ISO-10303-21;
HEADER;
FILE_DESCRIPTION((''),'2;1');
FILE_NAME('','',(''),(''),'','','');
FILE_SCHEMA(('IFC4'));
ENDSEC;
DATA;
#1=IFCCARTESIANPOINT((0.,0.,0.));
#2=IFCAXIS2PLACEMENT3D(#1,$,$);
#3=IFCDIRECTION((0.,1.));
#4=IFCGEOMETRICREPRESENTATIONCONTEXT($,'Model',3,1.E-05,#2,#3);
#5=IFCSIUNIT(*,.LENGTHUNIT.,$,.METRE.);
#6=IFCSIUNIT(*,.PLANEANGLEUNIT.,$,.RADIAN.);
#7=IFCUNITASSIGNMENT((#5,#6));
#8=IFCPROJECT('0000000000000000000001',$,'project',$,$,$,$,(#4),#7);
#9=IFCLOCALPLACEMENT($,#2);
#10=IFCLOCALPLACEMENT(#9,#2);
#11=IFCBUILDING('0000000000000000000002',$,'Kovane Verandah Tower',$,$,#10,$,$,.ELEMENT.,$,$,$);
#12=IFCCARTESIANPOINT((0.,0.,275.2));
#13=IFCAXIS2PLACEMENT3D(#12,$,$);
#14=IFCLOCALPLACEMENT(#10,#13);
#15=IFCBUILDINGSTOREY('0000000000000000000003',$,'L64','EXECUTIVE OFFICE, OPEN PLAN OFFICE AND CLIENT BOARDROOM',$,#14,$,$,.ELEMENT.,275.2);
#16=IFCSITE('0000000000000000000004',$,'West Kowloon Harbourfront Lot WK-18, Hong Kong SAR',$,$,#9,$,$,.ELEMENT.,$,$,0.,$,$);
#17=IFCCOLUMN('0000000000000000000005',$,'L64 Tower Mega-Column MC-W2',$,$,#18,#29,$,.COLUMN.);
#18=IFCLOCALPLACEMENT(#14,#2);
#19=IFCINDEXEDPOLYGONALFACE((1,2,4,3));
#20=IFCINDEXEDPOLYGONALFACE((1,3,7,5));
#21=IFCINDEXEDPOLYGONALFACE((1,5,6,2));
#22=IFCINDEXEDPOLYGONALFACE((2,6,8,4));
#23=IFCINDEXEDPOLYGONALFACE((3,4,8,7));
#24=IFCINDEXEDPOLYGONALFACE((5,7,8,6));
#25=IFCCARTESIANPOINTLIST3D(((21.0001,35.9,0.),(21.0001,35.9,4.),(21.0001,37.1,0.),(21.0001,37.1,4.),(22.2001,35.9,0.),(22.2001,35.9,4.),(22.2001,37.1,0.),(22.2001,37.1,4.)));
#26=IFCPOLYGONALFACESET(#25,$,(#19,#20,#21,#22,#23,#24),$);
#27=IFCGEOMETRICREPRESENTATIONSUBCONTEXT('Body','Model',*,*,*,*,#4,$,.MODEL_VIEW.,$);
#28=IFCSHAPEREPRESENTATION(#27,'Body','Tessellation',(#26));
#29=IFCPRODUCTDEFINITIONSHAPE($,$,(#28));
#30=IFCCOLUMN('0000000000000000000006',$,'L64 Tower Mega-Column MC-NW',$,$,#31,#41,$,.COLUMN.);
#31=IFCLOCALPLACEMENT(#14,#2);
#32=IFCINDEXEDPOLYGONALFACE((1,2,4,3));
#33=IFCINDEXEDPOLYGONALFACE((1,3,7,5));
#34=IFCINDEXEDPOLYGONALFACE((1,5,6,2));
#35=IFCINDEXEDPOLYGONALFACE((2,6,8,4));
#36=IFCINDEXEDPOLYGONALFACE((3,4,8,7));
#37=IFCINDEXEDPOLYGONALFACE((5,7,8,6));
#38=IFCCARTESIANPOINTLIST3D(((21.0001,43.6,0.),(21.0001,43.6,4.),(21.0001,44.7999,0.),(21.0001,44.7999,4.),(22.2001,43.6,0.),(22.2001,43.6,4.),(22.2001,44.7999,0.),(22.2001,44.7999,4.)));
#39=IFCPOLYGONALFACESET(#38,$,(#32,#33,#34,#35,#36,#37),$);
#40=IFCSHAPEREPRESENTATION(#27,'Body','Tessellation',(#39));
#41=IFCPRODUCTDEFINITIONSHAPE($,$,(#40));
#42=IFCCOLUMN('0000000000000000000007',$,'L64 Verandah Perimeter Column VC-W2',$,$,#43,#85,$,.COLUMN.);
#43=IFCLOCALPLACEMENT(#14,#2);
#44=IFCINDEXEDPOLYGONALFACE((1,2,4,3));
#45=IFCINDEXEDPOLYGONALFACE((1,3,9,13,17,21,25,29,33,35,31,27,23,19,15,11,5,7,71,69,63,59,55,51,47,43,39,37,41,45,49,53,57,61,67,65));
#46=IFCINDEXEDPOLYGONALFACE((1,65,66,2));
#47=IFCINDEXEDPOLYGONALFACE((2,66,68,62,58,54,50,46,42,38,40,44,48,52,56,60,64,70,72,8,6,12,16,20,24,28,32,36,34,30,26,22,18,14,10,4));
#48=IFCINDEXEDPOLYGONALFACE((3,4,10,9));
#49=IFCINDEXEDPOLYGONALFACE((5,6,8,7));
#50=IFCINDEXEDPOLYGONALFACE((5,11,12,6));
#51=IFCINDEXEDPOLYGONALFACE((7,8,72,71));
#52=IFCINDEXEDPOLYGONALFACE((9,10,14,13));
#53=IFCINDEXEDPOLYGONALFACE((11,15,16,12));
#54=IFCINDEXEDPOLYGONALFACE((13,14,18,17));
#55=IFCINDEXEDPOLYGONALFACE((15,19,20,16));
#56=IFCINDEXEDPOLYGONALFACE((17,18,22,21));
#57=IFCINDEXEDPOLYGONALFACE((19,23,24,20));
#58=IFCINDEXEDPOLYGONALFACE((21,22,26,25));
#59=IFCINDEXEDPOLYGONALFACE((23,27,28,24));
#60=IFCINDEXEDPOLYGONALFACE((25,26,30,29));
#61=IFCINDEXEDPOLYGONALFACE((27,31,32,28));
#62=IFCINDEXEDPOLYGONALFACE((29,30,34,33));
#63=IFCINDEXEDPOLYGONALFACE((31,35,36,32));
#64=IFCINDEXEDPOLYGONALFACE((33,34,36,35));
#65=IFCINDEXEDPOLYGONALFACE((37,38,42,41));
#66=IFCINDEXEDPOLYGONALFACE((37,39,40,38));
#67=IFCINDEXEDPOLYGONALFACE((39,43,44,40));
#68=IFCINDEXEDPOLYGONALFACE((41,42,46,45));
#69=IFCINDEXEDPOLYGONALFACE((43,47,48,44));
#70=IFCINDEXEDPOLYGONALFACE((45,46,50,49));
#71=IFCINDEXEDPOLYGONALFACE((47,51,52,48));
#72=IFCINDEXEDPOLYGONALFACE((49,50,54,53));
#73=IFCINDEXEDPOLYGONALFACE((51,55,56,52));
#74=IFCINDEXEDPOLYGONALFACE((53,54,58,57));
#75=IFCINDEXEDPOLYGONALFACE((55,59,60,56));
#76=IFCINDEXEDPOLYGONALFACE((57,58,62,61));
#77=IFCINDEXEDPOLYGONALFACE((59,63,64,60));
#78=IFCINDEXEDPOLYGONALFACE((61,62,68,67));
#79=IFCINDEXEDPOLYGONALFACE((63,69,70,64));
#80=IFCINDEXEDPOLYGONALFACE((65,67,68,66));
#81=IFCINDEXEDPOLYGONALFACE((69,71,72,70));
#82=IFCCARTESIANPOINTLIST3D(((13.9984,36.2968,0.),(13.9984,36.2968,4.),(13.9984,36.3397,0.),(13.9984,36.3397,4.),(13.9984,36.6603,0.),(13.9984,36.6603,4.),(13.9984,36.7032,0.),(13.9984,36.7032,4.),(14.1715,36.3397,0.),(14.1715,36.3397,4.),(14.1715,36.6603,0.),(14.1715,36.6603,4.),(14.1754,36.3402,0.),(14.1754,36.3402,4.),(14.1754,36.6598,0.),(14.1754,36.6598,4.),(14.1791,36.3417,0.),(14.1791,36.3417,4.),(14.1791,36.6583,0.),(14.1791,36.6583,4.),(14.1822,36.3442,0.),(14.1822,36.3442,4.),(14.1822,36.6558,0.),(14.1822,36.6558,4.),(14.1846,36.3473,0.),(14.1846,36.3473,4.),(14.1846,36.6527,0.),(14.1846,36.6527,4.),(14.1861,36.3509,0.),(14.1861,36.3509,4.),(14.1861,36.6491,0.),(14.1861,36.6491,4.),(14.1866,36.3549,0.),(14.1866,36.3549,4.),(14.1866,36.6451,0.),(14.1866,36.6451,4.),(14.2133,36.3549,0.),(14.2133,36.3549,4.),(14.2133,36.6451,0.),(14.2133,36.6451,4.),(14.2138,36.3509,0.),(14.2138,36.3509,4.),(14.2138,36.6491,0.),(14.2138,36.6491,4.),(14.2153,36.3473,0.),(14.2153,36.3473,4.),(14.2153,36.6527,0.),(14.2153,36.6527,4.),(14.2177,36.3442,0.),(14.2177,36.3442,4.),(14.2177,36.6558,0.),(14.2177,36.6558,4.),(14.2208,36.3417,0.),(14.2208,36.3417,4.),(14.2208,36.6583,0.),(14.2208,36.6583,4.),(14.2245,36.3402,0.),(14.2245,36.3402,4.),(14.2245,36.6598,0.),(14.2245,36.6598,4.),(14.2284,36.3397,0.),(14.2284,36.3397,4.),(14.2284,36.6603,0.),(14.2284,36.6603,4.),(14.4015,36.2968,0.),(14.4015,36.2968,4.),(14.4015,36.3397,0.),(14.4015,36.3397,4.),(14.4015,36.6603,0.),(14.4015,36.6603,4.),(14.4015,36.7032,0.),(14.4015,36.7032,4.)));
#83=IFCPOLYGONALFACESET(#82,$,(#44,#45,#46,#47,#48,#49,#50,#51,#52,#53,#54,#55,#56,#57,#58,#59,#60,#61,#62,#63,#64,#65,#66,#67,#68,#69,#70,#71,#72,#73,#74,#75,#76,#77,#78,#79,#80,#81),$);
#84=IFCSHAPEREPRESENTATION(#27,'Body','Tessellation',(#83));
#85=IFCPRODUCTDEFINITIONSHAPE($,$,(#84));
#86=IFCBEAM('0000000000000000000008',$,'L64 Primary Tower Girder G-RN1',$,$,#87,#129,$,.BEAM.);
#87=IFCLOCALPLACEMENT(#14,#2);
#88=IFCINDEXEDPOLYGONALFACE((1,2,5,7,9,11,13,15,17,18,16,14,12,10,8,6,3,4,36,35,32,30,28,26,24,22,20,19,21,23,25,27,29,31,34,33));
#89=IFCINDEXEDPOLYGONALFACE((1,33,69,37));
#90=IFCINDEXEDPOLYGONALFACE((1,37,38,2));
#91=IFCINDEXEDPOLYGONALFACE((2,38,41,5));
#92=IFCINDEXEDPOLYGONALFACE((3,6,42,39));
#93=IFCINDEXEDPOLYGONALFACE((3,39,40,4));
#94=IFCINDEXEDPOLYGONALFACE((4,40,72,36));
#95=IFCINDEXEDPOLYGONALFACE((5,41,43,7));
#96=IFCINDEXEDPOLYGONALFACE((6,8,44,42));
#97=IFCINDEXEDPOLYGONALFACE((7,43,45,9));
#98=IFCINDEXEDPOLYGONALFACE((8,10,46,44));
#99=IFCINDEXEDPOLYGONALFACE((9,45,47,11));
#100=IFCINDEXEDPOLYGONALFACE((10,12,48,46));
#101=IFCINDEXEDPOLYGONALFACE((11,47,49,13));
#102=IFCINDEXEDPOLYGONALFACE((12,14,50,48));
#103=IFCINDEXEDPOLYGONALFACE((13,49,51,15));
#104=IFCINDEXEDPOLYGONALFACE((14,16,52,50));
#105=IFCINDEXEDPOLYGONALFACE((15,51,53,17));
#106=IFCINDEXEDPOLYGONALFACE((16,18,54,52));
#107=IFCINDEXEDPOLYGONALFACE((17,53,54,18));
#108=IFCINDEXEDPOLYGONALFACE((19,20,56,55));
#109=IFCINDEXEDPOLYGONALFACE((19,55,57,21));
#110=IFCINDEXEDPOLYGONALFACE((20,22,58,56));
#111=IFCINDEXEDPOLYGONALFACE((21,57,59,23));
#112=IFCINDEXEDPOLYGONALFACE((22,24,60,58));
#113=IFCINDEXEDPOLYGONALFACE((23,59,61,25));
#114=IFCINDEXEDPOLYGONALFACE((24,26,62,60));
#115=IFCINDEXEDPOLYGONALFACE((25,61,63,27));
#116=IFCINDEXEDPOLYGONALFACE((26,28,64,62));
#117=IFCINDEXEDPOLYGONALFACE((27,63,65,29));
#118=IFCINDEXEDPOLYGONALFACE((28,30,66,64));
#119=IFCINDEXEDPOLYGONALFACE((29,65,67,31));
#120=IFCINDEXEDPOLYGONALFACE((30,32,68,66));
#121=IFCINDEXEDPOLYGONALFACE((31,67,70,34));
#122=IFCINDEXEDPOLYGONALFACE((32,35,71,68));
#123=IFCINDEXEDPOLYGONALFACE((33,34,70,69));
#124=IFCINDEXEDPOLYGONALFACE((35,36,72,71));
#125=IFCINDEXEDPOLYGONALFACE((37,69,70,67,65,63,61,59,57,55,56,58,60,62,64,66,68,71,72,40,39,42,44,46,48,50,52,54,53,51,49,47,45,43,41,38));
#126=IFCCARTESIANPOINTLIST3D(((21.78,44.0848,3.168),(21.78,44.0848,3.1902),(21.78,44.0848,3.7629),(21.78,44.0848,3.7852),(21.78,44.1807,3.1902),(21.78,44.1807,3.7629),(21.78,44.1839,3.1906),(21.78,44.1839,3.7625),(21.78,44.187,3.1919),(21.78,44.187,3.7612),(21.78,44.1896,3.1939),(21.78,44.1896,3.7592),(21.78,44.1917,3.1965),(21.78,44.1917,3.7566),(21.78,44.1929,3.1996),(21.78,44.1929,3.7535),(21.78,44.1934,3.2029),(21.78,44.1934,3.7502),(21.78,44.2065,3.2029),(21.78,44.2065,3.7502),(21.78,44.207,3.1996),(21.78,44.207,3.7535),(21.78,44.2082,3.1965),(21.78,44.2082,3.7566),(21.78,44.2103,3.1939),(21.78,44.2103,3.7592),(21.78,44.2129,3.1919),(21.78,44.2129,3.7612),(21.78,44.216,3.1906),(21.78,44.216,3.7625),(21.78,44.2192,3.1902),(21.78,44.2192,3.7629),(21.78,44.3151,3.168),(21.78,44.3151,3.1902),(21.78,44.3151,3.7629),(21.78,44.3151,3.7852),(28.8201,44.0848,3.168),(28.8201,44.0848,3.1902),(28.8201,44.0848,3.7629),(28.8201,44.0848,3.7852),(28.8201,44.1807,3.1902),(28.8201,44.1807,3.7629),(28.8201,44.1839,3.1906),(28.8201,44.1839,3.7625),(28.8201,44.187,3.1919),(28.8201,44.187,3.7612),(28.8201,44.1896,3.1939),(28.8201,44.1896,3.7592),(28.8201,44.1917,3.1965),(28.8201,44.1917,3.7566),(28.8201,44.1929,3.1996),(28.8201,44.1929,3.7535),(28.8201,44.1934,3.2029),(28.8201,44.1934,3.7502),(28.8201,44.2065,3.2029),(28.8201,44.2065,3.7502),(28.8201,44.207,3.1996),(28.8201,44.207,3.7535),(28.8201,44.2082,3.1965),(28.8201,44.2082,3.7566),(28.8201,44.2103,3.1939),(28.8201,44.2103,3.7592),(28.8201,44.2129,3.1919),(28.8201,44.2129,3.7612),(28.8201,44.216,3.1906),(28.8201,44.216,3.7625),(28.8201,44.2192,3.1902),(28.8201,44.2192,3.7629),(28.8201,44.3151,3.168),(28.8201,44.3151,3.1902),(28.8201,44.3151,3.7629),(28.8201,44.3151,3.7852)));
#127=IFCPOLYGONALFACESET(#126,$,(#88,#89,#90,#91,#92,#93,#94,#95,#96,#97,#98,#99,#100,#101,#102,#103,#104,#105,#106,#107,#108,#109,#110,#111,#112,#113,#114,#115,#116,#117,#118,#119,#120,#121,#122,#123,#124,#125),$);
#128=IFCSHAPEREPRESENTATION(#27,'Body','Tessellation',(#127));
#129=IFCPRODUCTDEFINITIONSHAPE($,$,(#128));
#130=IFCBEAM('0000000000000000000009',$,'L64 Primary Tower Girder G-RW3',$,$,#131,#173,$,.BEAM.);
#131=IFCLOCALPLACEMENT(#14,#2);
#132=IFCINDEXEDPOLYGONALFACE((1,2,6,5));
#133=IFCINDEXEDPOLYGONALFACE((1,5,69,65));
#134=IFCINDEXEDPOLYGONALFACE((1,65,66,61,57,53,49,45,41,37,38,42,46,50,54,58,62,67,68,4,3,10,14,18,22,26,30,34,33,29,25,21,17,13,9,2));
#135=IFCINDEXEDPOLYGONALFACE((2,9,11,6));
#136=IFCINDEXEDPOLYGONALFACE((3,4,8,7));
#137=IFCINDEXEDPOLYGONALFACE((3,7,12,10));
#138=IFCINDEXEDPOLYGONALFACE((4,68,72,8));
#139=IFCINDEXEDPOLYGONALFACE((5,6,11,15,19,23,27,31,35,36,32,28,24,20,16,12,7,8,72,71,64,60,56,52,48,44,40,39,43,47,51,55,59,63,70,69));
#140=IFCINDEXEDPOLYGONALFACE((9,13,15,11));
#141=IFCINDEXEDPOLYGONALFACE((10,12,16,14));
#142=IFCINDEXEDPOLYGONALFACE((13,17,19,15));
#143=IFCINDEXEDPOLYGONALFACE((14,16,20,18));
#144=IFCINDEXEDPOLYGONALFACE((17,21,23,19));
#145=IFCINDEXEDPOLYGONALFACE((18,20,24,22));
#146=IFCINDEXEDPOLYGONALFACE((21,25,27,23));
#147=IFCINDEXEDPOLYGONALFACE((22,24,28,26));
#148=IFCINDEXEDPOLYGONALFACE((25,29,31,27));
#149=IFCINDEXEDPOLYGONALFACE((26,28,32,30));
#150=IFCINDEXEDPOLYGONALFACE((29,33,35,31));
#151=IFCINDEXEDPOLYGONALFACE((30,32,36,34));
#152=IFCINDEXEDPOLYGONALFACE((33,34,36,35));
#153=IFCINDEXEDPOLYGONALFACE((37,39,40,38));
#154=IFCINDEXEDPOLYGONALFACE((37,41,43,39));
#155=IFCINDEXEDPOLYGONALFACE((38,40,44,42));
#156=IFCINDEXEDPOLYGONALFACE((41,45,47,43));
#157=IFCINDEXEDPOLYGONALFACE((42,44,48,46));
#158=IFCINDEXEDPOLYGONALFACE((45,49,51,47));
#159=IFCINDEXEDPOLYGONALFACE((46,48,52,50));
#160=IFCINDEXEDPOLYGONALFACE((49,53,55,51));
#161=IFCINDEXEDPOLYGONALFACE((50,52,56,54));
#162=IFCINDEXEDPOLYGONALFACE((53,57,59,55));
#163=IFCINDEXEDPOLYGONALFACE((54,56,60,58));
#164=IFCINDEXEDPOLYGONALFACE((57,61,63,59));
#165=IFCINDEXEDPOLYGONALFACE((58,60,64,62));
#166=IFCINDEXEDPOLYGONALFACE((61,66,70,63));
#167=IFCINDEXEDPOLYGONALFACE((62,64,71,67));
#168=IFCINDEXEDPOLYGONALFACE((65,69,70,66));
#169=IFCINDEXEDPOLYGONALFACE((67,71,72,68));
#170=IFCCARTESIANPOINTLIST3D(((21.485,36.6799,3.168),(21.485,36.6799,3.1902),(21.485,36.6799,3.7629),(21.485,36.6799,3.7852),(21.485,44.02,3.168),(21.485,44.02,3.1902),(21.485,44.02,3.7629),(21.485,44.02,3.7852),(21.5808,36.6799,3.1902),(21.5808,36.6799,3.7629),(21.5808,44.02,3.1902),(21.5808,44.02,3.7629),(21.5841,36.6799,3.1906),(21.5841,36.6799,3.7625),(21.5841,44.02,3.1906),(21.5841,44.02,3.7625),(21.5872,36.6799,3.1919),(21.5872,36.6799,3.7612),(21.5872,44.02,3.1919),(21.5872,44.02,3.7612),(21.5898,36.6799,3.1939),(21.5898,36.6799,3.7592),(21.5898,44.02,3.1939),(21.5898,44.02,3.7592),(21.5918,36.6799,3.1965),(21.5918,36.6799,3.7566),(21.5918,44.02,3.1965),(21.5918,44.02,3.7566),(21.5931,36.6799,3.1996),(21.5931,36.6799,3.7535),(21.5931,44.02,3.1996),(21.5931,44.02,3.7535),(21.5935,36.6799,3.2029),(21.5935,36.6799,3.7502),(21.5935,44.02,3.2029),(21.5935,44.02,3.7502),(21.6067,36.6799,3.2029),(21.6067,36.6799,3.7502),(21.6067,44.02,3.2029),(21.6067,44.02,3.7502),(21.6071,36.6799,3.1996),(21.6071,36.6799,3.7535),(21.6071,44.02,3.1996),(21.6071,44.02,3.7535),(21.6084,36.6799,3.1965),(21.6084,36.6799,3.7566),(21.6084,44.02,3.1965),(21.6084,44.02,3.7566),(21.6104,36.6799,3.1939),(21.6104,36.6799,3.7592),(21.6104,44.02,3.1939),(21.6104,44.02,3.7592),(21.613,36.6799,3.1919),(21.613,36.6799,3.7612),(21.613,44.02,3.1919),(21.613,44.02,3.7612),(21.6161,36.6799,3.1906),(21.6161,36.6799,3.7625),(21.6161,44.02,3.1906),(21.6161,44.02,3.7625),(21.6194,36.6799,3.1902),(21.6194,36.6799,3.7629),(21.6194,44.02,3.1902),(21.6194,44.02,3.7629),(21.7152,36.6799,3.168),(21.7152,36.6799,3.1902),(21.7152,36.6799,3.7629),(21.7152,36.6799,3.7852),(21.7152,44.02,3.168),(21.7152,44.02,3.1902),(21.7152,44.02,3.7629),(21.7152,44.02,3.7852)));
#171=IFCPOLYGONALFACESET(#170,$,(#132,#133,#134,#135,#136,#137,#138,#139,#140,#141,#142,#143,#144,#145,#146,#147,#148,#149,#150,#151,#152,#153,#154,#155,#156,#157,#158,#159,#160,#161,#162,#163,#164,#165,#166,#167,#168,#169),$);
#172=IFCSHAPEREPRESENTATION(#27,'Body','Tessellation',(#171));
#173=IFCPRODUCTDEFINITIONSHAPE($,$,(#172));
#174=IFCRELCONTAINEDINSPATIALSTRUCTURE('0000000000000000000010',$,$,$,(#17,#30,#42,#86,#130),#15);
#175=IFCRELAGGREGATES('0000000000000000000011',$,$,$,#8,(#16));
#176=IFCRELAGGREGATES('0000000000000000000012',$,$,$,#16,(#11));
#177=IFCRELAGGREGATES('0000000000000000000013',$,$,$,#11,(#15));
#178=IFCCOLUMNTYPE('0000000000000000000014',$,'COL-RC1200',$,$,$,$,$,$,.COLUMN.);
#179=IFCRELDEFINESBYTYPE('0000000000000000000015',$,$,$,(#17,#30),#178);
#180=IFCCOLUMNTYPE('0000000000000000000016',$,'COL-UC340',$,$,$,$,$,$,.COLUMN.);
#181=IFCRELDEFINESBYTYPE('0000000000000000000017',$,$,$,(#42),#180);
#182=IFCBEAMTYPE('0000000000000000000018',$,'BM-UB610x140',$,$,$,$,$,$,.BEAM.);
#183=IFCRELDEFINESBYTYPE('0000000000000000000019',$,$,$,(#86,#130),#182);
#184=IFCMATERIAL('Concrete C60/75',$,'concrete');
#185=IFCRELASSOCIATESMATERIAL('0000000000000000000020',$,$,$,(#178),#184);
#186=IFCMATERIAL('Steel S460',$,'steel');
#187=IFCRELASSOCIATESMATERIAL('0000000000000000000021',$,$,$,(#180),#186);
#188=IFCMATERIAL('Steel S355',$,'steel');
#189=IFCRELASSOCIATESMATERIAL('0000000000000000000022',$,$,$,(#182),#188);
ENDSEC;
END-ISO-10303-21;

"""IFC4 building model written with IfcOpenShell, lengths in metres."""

from ifc_helpers import new_model, si_unit, direction, frame, origin, origin_2d, place, context, subcontext, project, spatial, rectangle, i_section, extrude, material, material_profile, profile_set, type_object, element, save


model = new_model("IFC4")

# Units and contexts
model_context = context("Model", 3, precision=1e-05, world=origin(), true_north=direction((0.0, 1.0)))
body_context = subcontext(model_context, "Body", "Model", "MODEL_VIEW")
ifc_project = project(units=[si_unit("LENGTHUNIT", "METRE"), si_unit("PLANEANGLEUNIT", "RADIAN")], contexts=[model_context])

# Site, building, storey
site_placement = place(None, origin())
site = spatial("IfcSite", under=ifc_project, at=site_placement, Name="West Kowloon Harbourfront Lot WK-18, Hong Kong SAR", CompositionType="ELEMENT", RefElevation=0.0)
building_placement = place(site_placement, origin())
building = spatial("IfcBuilding", under=site, at=building_placement, Name="Kovane Verandah Tower", CompositionType="ELEMENT")
storey_placement = place(building_placement, frame((0.0, 0.0, 275.2)))
storey = spatial("IfcBuildingStorey", under=building, at=storey_placement, Name="L64", Description="EXECUTIVE OFFICE, OPEN PLAN OFFICE AND CLIENT BOARDROOM", CompositionType="ELEMENT", Elevation=275.2)

# Columns
ifc_material_1 = material(Name="Concrete C60/75", Category="concrete")
ifc_material_profile_1 = material_profile(ifc_material_1, rectangle(XDim=1.2, YDim=1.2, at=origin_2d()), Name="RC1200x1200")
ifc_profile_set_1 = profile_set([ifc_material_profile_1], Name="Concrete C60/75")
column_type_1 = type_object("IfcColumnType", Name="COL-RC1200", PredefinedType="COLUMN", material=ifc_profile_set_1)
for number, where, z_axis, x_axis, name in (
    (1, (21.6001, 36.5, 0.0), (0.0, 0.0, 1.0), (1.0, 0.0, 0.0), "L64 Tower Mega-Column MC-W2"),
    (2, (21.6001, 44.2, 0.0), (0.0, 0.0, 1.0), (1.0, 0.0, 0.0), "L64 Tower Mega-Column MC-NW"),
):
    element("IfcColumn", number, at=place(storey_placement, frame(where, z_axis=z_axis, x_axis=x_axis)), inside=storey, type_object=column_type_1, Name=name, PredefinedType="COLUMN", context=body_context, shape_type="SweptSolid", body=[
        extrude(rectangle(XDim=1.2, YDim=1.2, at=origin_2d()), origin(), (0.0, 0.0, 1.0), 4.0),
    ])
ifc_material_2 = material(Name="Steel S460", Category="steel")
ifc_material_profile_2 = material_profile(ifc_material_2, i_section(OverallWidth=0.4031, OverallDepth=0.4065, WebThickness=0.0266, FlangeThickness=0.043, FilletRadius=0.0151, at=origin_2d()), Name="UC356x406x340")
ifc_profile_set_2 = profile_set([ifc_material_profile_2], Name="Steel S460")
column_type_2 = type_object("IfcColumnType", Name="COL-UC340", PredefinedType="COLUMN", material=ifc_profile_set_2)
column_placement = place(storey_placement, frame((14.2, 36.5, 0.0), z_axis=(0.0, 0.0, 1.0), x_axis=(1.0, 0.0, 0.0)))
element("IfcColumn", 3, at=column_placement, inside=storey, type_object=column_type_2, Name="L64 Verandah Perimeter Column VC-W2", PredefinedType="COLUMN", context=body_context, shape_type="SweptSolid", body=[
    extrude(i_section(OverallWidth=0.4031, OverallDepth=0.4065, WebThickness=0.0266, FlangeThickness=0.043, FilletRadius=0.0151, at=origin_2d()), origin(), (0.0, 0.0, 1.0), 4.0),
])

# Beams
ifc_material_3 = material(Name="Steel S355", Category="steel")
ifc_material_profile_3 = material_profile(ifc_material_3, i_section(OverallWidth=0.2302, OverallDepth=0.6172, WebThickness=0.0132, FlangeThickness=0.0222, FilletRadius=0.0127, at=origin_2d()), Name="UB610x229x140")
ifc_profile_set_3 = profile_set([ifc_material_profile_3], Name="Steel S355")
beam_type_1 = type_object("IfcBeamType", Name="BM-UB610x140", PredefinedType="BEAM", material=ifc_profile_set_3)
beam_1_placement = place(storey_placement, frame((21.78, 44.2, 3.4766), z_axis=(1.0, 0.0, 0.0), x_axis=(0.0, 1.0, 0.0)))
element("IfcBeam", 4, at=beam_1_placement, inside=storey, type_object=beam_type_1, Name="L64 Primary Tower Girder G-RN1", PredefinedType="BEAM", context=body_context, shape_type="SweptSolid", body=[
    extrude(i_section(OverallWidth=0.2302, OverallDepth=0.6172, WebThickness=0.0132, FlangeThickness=0.0222, FilletRadius=0.0127, at=origin_2d()), origin(), (0.0, 0.0, 1.0), 7.04),
])
beam_2_placement = place(storey_placement, frame((21.6001, 36.6799, 3.4766), z_axis=(0.0, 1.0, 0.0), x_axis=(-1.0, 0.0, 0.0)))
element("IfcBeam", 5, at=beam_2_placement, inside=storey, type_object=beam_type_1, Name="L64 Primary Tower Girder G-RW3", PredefinedType="BEAM", context=body_context, shape_type="SweptSolid", body=[
    extrude(i_section(OverallWidth=0.2302, OverallDepth=0.6172, WebThickness=0.0132, FlangeThickness=0.0222, FilletRadius=0.0127, at=origin_2d()), origin(), (0.0, 0.0, 1.0), 7.3401),
])

save(model, "model.ifc")
